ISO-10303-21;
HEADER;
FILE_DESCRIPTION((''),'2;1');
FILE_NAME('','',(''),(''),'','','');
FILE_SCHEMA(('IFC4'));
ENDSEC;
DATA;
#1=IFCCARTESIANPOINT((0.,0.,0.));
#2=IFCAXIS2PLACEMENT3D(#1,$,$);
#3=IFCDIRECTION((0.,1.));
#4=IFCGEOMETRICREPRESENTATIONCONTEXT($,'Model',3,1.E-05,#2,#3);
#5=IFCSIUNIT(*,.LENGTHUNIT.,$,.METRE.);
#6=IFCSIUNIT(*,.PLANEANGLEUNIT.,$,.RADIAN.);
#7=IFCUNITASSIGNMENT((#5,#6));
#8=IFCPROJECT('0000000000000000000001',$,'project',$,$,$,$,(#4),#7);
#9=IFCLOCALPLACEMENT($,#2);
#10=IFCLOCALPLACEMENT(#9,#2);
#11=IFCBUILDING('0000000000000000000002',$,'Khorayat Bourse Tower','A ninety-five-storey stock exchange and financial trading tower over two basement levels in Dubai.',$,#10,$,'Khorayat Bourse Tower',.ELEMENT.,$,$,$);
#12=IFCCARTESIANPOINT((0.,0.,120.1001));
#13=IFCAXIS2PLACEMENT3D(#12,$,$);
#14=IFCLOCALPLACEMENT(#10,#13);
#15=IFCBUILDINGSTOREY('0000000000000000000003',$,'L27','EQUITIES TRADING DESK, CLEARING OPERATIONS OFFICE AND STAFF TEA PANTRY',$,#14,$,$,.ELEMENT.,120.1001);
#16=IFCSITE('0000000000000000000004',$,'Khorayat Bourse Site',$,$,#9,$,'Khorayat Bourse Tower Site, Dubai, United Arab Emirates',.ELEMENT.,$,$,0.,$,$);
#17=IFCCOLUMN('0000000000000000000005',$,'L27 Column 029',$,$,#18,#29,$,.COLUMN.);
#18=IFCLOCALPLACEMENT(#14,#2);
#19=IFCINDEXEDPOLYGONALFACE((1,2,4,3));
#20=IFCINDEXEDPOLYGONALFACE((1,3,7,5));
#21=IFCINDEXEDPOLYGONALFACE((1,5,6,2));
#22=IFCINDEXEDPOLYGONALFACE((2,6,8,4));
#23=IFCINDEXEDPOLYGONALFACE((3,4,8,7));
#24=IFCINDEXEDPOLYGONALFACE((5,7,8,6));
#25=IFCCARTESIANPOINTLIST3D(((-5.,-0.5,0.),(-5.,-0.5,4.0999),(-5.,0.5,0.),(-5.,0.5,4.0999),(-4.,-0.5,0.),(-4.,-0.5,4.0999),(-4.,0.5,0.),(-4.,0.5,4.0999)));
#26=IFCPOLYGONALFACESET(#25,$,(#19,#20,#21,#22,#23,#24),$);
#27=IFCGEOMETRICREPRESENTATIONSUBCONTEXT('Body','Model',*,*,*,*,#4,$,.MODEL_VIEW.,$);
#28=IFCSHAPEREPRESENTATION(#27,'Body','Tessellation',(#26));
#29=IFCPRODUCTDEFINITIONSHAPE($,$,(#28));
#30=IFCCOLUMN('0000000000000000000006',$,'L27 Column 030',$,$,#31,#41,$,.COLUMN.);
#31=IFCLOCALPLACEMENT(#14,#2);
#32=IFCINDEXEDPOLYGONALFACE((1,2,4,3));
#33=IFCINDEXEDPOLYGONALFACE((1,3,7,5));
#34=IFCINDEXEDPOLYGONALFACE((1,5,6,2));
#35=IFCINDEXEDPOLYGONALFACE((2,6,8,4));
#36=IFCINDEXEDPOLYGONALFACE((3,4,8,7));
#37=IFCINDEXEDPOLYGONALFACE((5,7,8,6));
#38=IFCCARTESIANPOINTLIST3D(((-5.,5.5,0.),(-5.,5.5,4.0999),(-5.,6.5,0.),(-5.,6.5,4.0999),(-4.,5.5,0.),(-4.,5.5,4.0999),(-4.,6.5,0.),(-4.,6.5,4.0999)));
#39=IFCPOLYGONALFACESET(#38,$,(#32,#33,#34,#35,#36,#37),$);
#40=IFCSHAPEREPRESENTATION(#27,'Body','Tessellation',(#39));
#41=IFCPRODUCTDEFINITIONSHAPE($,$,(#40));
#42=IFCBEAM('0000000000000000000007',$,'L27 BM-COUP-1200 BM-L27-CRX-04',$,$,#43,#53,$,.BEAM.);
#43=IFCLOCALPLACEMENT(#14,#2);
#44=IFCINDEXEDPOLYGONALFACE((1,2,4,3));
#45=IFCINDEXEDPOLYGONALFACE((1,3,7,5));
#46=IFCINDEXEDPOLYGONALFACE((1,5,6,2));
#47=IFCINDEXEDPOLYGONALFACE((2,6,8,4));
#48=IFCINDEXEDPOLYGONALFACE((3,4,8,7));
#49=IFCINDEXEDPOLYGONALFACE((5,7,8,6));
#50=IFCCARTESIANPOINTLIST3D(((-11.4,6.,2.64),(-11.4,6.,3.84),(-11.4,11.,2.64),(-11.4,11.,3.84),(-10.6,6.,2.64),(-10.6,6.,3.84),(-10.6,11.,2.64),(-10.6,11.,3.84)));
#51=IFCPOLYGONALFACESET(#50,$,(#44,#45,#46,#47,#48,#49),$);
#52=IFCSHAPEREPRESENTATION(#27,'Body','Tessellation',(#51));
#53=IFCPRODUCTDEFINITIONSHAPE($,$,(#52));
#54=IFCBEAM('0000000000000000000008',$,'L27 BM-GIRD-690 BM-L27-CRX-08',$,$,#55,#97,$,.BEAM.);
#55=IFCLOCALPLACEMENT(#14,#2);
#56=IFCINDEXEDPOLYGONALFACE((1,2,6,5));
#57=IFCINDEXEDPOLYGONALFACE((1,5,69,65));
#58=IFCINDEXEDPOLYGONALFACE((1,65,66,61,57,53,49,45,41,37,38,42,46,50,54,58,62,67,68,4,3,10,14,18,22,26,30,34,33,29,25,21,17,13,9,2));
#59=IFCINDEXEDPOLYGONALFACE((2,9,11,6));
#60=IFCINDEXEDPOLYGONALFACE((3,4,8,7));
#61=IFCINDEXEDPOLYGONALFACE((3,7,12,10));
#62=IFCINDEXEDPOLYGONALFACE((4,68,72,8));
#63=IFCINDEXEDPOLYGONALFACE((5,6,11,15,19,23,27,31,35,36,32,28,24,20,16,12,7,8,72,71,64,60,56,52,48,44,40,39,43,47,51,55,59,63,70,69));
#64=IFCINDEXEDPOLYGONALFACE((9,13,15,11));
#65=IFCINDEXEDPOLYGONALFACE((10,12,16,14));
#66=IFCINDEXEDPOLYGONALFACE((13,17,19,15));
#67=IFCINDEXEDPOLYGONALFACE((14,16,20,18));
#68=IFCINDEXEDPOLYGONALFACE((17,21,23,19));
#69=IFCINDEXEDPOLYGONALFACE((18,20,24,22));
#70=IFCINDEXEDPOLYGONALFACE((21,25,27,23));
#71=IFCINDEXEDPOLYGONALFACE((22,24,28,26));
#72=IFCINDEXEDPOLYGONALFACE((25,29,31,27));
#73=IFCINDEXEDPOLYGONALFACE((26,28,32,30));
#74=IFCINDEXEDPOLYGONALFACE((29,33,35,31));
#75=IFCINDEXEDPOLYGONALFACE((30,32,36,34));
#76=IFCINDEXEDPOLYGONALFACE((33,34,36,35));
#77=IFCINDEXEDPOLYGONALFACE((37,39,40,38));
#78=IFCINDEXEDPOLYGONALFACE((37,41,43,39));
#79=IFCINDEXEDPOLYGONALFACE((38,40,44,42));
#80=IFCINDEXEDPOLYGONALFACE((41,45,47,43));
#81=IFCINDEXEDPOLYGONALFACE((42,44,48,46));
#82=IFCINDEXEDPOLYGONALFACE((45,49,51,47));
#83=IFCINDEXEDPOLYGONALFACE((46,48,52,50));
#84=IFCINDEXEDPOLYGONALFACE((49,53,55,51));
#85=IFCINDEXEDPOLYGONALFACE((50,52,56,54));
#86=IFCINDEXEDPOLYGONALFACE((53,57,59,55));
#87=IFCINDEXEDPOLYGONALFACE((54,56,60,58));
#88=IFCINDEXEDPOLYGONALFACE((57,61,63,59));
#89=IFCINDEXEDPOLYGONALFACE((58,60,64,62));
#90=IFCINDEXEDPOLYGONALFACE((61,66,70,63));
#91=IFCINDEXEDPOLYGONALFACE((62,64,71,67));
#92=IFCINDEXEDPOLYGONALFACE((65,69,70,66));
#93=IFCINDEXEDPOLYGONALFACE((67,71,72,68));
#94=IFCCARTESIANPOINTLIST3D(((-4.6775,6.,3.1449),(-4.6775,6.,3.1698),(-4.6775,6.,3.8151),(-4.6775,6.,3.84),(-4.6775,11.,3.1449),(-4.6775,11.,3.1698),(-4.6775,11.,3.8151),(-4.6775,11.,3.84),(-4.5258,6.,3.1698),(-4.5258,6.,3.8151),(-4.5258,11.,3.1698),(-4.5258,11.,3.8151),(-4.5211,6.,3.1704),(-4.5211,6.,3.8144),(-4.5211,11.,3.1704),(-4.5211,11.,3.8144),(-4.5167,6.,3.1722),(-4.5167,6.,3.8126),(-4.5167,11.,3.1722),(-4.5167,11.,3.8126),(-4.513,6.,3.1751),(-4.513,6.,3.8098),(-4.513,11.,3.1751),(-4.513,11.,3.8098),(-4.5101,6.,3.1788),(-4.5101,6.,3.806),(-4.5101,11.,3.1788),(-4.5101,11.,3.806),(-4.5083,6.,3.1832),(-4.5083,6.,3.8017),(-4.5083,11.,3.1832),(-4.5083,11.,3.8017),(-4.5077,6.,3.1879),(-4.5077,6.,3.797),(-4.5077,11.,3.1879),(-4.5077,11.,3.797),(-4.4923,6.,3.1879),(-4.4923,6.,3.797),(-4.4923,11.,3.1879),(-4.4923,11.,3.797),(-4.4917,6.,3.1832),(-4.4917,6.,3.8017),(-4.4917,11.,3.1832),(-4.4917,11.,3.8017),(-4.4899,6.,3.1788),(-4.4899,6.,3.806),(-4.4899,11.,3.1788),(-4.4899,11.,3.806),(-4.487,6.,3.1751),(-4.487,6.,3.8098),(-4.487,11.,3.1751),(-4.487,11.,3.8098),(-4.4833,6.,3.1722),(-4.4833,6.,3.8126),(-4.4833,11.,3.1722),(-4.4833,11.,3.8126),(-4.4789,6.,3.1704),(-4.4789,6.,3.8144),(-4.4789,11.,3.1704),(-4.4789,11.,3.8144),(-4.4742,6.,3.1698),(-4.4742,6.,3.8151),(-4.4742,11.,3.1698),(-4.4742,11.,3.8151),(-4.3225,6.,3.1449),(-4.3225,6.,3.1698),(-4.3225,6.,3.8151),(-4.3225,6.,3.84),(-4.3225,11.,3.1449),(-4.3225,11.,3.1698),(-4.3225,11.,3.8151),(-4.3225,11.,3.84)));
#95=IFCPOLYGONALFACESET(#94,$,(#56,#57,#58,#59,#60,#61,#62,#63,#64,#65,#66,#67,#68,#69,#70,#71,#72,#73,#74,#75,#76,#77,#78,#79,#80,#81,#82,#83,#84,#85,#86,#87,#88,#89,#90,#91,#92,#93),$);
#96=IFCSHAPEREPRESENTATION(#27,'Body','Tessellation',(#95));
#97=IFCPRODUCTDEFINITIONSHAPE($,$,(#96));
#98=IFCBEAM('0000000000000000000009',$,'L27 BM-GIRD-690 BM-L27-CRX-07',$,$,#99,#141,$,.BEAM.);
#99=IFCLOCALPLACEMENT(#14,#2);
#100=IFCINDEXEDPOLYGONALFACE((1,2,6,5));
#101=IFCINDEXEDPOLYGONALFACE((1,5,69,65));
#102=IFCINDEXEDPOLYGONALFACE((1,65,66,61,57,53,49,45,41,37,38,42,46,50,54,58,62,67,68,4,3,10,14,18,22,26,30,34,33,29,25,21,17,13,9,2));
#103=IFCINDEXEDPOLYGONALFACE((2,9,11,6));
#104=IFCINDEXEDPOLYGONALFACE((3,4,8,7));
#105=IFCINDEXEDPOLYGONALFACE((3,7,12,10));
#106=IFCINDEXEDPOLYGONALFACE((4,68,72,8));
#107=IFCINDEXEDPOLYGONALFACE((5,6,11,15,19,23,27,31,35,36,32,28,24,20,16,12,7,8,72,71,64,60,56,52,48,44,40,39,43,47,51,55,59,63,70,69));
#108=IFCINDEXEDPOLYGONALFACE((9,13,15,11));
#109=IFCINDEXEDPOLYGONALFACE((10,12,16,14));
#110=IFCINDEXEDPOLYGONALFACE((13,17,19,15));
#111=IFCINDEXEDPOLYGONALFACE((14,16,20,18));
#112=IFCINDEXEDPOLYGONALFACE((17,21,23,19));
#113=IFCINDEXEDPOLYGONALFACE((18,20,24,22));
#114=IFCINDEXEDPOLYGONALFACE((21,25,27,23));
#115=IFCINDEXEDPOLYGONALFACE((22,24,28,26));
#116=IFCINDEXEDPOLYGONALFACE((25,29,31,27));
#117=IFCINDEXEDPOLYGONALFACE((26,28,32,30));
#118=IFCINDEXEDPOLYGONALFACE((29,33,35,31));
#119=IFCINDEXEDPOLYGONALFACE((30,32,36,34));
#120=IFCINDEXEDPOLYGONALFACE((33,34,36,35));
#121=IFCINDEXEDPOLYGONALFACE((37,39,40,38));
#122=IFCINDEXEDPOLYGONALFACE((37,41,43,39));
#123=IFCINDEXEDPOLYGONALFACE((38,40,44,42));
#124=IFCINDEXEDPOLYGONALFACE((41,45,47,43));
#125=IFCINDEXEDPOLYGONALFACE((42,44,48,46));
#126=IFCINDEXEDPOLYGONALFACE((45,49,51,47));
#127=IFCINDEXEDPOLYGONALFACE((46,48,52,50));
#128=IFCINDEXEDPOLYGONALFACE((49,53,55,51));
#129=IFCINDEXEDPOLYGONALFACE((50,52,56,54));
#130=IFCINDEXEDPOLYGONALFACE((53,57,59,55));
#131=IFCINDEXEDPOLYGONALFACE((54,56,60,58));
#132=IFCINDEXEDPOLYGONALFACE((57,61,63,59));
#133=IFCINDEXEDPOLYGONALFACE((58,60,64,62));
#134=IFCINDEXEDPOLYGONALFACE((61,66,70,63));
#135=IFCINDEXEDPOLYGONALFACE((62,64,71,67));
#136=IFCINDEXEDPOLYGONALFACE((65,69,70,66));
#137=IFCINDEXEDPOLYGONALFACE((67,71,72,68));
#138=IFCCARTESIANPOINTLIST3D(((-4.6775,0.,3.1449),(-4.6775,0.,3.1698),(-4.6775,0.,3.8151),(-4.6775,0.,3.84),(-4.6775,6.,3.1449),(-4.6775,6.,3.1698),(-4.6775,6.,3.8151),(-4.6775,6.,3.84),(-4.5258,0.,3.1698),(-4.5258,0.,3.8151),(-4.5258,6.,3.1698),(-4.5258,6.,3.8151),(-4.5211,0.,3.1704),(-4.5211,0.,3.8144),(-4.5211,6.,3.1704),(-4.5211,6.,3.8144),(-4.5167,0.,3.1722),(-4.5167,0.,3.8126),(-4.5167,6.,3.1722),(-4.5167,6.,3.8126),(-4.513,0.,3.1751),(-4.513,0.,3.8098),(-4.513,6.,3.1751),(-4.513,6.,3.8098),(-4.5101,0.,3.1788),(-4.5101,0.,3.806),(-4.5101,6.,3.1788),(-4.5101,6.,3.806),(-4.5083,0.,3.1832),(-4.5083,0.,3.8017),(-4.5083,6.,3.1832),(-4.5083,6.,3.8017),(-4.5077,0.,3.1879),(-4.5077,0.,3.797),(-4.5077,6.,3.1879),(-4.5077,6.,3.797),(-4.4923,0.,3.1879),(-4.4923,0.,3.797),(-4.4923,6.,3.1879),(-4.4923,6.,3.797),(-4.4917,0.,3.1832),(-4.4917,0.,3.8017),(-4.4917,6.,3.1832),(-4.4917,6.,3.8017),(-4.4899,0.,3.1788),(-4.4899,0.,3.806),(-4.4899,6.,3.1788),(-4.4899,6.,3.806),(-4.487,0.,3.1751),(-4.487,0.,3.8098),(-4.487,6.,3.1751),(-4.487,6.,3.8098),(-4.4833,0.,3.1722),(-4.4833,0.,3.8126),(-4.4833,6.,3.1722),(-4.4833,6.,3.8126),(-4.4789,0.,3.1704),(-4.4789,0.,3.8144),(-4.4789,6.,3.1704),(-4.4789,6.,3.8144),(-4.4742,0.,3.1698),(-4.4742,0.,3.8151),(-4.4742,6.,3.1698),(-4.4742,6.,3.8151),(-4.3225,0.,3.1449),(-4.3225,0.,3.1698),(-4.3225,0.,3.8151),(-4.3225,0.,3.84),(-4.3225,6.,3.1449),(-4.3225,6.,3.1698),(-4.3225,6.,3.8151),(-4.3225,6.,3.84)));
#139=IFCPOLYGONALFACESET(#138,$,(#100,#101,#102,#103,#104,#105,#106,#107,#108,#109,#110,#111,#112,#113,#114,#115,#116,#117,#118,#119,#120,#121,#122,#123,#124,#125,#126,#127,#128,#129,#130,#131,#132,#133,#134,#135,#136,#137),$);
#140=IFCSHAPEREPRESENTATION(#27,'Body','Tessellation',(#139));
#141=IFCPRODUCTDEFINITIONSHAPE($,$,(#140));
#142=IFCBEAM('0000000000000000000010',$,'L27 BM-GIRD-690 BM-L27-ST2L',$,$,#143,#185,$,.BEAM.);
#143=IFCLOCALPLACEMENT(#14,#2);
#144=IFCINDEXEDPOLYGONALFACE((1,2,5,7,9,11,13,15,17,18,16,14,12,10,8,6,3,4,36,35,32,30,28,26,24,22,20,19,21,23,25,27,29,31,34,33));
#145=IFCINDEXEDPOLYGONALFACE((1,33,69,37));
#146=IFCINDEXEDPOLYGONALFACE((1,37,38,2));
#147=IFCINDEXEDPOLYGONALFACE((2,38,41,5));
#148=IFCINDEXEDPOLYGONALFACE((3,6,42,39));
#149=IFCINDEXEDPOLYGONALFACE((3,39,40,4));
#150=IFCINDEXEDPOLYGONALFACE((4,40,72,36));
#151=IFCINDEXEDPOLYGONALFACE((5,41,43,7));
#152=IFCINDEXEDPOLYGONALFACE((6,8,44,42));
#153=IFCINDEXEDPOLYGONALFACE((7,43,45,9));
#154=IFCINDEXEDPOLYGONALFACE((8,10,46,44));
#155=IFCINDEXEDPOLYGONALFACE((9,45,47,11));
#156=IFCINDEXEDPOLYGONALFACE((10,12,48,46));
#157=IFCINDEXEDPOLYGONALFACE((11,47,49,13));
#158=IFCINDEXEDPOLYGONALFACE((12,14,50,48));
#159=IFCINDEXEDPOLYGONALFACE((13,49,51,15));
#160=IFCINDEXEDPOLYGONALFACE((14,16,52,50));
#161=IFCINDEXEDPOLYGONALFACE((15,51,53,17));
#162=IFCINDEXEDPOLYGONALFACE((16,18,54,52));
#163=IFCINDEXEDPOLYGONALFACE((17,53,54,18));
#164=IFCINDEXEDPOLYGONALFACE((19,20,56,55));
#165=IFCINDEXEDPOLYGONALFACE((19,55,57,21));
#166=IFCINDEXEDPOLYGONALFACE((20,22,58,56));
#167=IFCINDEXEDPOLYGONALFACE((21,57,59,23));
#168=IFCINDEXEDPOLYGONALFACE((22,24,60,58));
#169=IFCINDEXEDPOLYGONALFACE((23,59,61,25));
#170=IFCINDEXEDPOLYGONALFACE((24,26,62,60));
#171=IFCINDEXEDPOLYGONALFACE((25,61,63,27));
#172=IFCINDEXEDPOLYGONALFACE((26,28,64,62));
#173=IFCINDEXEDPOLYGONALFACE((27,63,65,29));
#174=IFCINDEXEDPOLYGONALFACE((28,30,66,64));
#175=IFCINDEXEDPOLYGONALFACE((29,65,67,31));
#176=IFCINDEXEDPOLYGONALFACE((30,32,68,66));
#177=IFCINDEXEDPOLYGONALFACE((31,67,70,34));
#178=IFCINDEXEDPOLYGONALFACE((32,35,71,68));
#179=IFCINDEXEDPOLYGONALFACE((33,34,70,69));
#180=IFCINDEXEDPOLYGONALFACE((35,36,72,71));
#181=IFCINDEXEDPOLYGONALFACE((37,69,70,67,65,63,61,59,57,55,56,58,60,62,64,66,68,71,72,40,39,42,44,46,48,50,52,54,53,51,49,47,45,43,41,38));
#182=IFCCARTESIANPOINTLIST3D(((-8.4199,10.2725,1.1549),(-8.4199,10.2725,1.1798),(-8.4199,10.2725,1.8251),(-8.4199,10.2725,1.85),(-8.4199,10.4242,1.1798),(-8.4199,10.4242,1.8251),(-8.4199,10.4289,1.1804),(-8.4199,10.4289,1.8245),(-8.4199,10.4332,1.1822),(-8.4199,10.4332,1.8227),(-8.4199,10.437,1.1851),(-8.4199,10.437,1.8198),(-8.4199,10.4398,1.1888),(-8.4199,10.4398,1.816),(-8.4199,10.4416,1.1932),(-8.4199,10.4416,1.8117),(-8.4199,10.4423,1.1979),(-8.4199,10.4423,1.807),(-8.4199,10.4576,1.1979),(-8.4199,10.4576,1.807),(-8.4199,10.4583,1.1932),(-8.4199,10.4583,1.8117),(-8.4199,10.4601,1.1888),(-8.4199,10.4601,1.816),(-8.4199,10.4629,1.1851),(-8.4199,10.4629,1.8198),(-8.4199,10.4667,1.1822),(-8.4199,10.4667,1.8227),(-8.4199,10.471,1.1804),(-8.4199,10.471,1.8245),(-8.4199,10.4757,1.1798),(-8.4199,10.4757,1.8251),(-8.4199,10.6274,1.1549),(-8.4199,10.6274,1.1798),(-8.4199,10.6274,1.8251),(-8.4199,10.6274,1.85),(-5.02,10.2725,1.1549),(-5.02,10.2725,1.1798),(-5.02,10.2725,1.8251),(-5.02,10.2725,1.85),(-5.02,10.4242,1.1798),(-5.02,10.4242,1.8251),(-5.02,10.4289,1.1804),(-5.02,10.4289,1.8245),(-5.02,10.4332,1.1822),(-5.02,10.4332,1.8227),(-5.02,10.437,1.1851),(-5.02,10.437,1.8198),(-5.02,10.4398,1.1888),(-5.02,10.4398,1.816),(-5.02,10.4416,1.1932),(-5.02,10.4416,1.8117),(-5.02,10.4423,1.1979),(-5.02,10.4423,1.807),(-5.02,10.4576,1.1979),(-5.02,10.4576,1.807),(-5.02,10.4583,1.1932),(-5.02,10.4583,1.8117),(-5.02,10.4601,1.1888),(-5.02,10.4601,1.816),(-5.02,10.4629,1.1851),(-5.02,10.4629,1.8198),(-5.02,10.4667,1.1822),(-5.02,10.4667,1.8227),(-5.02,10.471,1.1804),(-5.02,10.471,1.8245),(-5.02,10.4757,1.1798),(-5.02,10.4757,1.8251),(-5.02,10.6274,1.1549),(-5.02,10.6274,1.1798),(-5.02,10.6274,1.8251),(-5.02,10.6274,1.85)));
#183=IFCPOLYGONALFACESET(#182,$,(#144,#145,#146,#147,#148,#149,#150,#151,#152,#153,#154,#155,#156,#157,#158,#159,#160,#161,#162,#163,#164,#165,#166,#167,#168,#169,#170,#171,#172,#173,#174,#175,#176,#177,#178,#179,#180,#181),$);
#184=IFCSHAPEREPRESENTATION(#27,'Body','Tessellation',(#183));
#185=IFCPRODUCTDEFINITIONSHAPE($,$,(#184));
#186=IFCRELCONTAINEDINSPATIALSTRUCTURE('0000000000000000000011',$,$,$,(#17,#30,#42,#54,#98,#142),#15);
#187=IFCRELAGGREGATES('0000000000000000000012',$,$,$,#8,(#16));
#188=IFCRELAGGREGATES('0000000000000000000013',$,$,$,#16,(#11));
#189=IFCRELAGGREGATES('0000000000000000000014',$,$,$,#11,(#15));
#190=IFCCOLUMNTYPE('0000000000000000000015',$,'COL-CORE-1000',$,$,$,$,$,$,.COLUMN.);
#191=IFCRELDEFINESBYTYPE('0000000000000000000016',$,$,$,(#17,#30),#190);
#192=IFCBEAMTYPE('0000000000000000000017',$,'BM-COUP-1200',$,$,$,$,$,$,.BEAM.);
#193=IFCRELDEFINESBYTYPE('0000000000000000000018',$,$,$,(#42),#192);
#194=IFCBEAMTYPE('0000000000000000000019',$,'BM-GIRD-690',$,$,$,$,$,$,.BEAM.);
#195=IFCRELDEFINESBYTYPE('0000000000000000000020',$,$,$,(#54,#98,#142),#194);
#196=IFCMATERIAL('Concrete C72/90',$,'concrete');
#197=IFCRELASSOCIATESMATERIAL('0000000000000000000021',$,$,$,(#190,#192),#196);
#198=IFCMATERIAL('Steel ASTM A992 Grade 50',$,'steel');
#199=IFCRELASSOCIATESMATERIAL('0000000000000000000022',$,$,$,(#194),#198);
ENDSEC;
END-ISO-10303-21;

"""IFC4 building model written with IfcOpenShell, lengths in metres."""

from ifc_helpers import new_model, si_unit, direction, frame, origin, origin_2d, place, context, subcontext, project, spatial, rectangle, i_section, extrude, source, transform, mapped, material, material_profile, profile_set, type_object, element, save


model = new_model("IFC4")

# Units and contexts
model_context = context("Model", 3, precision=1e-05, world=origin(), true_north=direction((0.0, 1.0)))
body_context = subcontext(model_context, "Body", "Model", "MODEL_VIEW")
ifc_project = project(units=[si_unit("LENGTHUNIT", "METRE"), si_unit("PLANEANGLEUNIT", "RADIAN")], contexts=[model_context])

# Site, building, storey
site_placement = place(None, origin())
site = spatial("IfcSite", under=ifc_project, at=site_placement, Name="Khorayat Bourse Site", LongName="Khorayat Bourse Tower Site, Dubai, United Arab Emirates", CompositionType="ELEMENT", RefElevation=0.0)
building_placement = place(site_placement, origin())
building = spatial("IfcBuilding", under=site, at=building_placement, Name="Khorayat Bourse Tower", Description="A ninety-five-storey stock exchange and financial trading tower over two basement levels in Dubai.", LongName="Khorayat Bourse Tower", CompositionType="ELEMENT")
storey_placement = place(building_placement, frame((0.0, 0.0, 120.1001)))
storey = spatial("IfcBuildingStorey", under=building, at=storey_placement, Name="L27", Description="EQUITIES TRADING DESK, CLEARING OPERATIONS OFFICE AND STAFF TEA PANTRY", CompositionType="ELEMENT", Elevation=120.1001)

# Columns
ifc_material_1 = material(Name="Concrete C72/90", Category="concrete")
ifc_material_profile_1 = material_profile(ifc_material_1, rectangle(XDim=1.0, YDim=1.0, at=origin_2d()), Name="RC 1000x1000")
ifc_profile_set_1 = profile_set([ifc_material_profile_1], Name="Concrete C72/90")
column_type = type_object("IfcColumnType", Name="COL-CORE-1000", PredefinedType="COLUMN", material=ifc_profile_set_1)
shared_shape_1 = source(origin(), body_context, "Body", "SweptSolid", [
    extrude(rectangle(XDim=1.0, YDim=1.0, at=origin_2d()), origin(), (0.0, 0.0, 1.0), 4.0999),
])
for number, where, z_axis, x_axis, name in (
    (1, (-4.5, 0.0, 0.0), (0.0, 0.0, 1.0), (1.0, 0.0, 0.0), "L27 Column 029"),
    (2, (-4.5, 6.0, 0.0), (0.0, 0.0, 1.0), (1.0, 0.0, 0.0), "L27 Column 030"),
):
    element("IfcColumn", number, at=place(storey_placement, frame(where, z_axis=z_axis, x_axis=x_axis)), inside=storey, type_object=column_type, Name=name, PredefinedType="COLUMN", context=body_context, shape_type="MappedRepresentation", body=[
        mapped(shared_shape_1, transform((0.0, 0.0, 0.0), scale=1.0)),
    ])

# Beams
ifc_material_profile_2 = material_profile(ifc_material_1, rectangle(XDim=0.8, YDim=1.2, at=origin_2d()), Name="RC 800x1200")
ifc_profile_set_2 = profile_set([ifc_material_profile_2], Name="Concrete C72/90")
beam_type_1 = type_object("IfcBeamType", Name="BM-COUP-1200", PredefinedType="BEAM", material=ifc_profile_set_2)
shared_shape_2 = source(origin(), body_context, "Body", "SweptSolid", [
    extrude(rectangle(XDim=0.8, YDim=1.2, at=origin_2d()), origin(), (0.0, 0.0, 1.0), 5.0),
])
beam_1_placement = place(storey_placement, frame((-11.0, 6.0, 3.24), z_axis=(0.0, 1.0, 0.0), x_axis=(-1.0, 0.0, 0.0)))
element("IfcBeam", 3, at=beam_1_placement, inside=storey, type_object=beam_type_1, Name="L27 BM-COUP-1200 BM-L27-CRX-04", PredefinedType="BEAM", context=body_context, shape_type="MappedRepresentation", body=[
    mapped(shared_shape_2, transform((0.0, 0.0, 0.0), scale=1.0)),
])
ifc_material_2 = material(Name="Steel ASTM A992 Grade 50", Category="steel")
ifc_material_profile_3 = material_profile(ifc_material_2, i_section(OverallWidth=0.355, OverallDepth=0.6951, WebThickness=0.0154, FlangeThickness=0.0249, FilletRadius=0.0181, at=origin_2d()), Name="W690X217")
ifc_profile_set_3 = profile_set([ifc_material_profile_3], Name="Steel ASTM A992 Grade 50")
beam_type_2 = type_object("IfcBeamType", Name="BM-GIRD-690", PredefinedType="BEAM", material=ifc_profile_set_3)
shared_shape_3 = source(origin(), body_context, "Body", "SweptSolid", [
    extrude(i_section(OverallWidth=0.355, OverallDepth=0.6951, WebThickness=0.0154, FlangeThickness=0.0249, FilletRadius=0.0181, at=origin_2d()), origin(), (0.0, 0.0, 1.0), 5.0),
])
beam_2_placement = place(storey_placement, frame((-4.5, 6.0, 3.4924), z_axis=(0.0, 1.0, 0.0), x_axis=(-1.0, 0.0, 0.0)))
element("IfcBeam", 4, at=beam_2_placement, inside=storey, type_object=beam_type_2, Name="L27 BM-GIRD-690 BM-L27-CRX-08", PredefinedType="BEAM", context=body_context, shape_type="MappedRepresentation", body=[
    mapped(shared_shape_3, transform((0.0, 0.0, 0.0), scale=1.0)),
])
shared_shape_4 = source(origin(), body_context, "Body", "SweptSolid", [
    extrude(i_section(OverallWidth=0.355, OverallDepth=0.6951, WebThickness=0.0154, FlangeThickness=0.0249, FilletRadius=0.0181, at=origin_2d()), origin(), (0.0, 0.0, 1.0), 6.0),
])
beam_3_placement = place(storey_placement, frame((-4.5, 0.0, 3.4924), z_axis=(0.0, 1.0, 0.0), x_axis=(-1.0, 0.0, 0.0)))
element("IfcBeam", 5, at=beam_3_placement, inside=storey, type_object=beam_type_2, Name="L27 BM-GIRD-690 BM-L27-CRX-07", PredefinedType="BEAM", context=body_context, shape_type="MappedRepresentation", body=[
    mapped(shared_shape_4, transform((0.0, 0.0, 0.0), scale=1.0)),
])
shared_shape_5 = source(origin(), body_context, "Body", "SweptSolid", [
    extrude(i_section(OverallWidth=0.355, OverallDepth=0.6951, WebThickness=0.0154, FlangeThickness=0.0249, FilletRadius=0.0181, at=origin_2d()), origin(), (0.0, 0.0, 1.0), 3.3999),
])
beam_4_placement = place(storey_placement, frame((-8.4199, 10.45, 1.5024), z_axis=(1.0, 0.0, 0.0), x_axis=(0.0, 1.0, 0.0)))
element("IfcBeam", 6, at=beam_4_placement, inside=storey, type_object=beam_type_2, Name="L27 BM-GIRD-690 BM-L27-ST2L", PredefinedType="BEAM", context=body_context, shape_type="MappedRepresentation", body=[
    mapped(shared_shape_5, transform((0.0, 0.0, 0.0), scale=1.0)),
])

save(model, "model.ifc")
